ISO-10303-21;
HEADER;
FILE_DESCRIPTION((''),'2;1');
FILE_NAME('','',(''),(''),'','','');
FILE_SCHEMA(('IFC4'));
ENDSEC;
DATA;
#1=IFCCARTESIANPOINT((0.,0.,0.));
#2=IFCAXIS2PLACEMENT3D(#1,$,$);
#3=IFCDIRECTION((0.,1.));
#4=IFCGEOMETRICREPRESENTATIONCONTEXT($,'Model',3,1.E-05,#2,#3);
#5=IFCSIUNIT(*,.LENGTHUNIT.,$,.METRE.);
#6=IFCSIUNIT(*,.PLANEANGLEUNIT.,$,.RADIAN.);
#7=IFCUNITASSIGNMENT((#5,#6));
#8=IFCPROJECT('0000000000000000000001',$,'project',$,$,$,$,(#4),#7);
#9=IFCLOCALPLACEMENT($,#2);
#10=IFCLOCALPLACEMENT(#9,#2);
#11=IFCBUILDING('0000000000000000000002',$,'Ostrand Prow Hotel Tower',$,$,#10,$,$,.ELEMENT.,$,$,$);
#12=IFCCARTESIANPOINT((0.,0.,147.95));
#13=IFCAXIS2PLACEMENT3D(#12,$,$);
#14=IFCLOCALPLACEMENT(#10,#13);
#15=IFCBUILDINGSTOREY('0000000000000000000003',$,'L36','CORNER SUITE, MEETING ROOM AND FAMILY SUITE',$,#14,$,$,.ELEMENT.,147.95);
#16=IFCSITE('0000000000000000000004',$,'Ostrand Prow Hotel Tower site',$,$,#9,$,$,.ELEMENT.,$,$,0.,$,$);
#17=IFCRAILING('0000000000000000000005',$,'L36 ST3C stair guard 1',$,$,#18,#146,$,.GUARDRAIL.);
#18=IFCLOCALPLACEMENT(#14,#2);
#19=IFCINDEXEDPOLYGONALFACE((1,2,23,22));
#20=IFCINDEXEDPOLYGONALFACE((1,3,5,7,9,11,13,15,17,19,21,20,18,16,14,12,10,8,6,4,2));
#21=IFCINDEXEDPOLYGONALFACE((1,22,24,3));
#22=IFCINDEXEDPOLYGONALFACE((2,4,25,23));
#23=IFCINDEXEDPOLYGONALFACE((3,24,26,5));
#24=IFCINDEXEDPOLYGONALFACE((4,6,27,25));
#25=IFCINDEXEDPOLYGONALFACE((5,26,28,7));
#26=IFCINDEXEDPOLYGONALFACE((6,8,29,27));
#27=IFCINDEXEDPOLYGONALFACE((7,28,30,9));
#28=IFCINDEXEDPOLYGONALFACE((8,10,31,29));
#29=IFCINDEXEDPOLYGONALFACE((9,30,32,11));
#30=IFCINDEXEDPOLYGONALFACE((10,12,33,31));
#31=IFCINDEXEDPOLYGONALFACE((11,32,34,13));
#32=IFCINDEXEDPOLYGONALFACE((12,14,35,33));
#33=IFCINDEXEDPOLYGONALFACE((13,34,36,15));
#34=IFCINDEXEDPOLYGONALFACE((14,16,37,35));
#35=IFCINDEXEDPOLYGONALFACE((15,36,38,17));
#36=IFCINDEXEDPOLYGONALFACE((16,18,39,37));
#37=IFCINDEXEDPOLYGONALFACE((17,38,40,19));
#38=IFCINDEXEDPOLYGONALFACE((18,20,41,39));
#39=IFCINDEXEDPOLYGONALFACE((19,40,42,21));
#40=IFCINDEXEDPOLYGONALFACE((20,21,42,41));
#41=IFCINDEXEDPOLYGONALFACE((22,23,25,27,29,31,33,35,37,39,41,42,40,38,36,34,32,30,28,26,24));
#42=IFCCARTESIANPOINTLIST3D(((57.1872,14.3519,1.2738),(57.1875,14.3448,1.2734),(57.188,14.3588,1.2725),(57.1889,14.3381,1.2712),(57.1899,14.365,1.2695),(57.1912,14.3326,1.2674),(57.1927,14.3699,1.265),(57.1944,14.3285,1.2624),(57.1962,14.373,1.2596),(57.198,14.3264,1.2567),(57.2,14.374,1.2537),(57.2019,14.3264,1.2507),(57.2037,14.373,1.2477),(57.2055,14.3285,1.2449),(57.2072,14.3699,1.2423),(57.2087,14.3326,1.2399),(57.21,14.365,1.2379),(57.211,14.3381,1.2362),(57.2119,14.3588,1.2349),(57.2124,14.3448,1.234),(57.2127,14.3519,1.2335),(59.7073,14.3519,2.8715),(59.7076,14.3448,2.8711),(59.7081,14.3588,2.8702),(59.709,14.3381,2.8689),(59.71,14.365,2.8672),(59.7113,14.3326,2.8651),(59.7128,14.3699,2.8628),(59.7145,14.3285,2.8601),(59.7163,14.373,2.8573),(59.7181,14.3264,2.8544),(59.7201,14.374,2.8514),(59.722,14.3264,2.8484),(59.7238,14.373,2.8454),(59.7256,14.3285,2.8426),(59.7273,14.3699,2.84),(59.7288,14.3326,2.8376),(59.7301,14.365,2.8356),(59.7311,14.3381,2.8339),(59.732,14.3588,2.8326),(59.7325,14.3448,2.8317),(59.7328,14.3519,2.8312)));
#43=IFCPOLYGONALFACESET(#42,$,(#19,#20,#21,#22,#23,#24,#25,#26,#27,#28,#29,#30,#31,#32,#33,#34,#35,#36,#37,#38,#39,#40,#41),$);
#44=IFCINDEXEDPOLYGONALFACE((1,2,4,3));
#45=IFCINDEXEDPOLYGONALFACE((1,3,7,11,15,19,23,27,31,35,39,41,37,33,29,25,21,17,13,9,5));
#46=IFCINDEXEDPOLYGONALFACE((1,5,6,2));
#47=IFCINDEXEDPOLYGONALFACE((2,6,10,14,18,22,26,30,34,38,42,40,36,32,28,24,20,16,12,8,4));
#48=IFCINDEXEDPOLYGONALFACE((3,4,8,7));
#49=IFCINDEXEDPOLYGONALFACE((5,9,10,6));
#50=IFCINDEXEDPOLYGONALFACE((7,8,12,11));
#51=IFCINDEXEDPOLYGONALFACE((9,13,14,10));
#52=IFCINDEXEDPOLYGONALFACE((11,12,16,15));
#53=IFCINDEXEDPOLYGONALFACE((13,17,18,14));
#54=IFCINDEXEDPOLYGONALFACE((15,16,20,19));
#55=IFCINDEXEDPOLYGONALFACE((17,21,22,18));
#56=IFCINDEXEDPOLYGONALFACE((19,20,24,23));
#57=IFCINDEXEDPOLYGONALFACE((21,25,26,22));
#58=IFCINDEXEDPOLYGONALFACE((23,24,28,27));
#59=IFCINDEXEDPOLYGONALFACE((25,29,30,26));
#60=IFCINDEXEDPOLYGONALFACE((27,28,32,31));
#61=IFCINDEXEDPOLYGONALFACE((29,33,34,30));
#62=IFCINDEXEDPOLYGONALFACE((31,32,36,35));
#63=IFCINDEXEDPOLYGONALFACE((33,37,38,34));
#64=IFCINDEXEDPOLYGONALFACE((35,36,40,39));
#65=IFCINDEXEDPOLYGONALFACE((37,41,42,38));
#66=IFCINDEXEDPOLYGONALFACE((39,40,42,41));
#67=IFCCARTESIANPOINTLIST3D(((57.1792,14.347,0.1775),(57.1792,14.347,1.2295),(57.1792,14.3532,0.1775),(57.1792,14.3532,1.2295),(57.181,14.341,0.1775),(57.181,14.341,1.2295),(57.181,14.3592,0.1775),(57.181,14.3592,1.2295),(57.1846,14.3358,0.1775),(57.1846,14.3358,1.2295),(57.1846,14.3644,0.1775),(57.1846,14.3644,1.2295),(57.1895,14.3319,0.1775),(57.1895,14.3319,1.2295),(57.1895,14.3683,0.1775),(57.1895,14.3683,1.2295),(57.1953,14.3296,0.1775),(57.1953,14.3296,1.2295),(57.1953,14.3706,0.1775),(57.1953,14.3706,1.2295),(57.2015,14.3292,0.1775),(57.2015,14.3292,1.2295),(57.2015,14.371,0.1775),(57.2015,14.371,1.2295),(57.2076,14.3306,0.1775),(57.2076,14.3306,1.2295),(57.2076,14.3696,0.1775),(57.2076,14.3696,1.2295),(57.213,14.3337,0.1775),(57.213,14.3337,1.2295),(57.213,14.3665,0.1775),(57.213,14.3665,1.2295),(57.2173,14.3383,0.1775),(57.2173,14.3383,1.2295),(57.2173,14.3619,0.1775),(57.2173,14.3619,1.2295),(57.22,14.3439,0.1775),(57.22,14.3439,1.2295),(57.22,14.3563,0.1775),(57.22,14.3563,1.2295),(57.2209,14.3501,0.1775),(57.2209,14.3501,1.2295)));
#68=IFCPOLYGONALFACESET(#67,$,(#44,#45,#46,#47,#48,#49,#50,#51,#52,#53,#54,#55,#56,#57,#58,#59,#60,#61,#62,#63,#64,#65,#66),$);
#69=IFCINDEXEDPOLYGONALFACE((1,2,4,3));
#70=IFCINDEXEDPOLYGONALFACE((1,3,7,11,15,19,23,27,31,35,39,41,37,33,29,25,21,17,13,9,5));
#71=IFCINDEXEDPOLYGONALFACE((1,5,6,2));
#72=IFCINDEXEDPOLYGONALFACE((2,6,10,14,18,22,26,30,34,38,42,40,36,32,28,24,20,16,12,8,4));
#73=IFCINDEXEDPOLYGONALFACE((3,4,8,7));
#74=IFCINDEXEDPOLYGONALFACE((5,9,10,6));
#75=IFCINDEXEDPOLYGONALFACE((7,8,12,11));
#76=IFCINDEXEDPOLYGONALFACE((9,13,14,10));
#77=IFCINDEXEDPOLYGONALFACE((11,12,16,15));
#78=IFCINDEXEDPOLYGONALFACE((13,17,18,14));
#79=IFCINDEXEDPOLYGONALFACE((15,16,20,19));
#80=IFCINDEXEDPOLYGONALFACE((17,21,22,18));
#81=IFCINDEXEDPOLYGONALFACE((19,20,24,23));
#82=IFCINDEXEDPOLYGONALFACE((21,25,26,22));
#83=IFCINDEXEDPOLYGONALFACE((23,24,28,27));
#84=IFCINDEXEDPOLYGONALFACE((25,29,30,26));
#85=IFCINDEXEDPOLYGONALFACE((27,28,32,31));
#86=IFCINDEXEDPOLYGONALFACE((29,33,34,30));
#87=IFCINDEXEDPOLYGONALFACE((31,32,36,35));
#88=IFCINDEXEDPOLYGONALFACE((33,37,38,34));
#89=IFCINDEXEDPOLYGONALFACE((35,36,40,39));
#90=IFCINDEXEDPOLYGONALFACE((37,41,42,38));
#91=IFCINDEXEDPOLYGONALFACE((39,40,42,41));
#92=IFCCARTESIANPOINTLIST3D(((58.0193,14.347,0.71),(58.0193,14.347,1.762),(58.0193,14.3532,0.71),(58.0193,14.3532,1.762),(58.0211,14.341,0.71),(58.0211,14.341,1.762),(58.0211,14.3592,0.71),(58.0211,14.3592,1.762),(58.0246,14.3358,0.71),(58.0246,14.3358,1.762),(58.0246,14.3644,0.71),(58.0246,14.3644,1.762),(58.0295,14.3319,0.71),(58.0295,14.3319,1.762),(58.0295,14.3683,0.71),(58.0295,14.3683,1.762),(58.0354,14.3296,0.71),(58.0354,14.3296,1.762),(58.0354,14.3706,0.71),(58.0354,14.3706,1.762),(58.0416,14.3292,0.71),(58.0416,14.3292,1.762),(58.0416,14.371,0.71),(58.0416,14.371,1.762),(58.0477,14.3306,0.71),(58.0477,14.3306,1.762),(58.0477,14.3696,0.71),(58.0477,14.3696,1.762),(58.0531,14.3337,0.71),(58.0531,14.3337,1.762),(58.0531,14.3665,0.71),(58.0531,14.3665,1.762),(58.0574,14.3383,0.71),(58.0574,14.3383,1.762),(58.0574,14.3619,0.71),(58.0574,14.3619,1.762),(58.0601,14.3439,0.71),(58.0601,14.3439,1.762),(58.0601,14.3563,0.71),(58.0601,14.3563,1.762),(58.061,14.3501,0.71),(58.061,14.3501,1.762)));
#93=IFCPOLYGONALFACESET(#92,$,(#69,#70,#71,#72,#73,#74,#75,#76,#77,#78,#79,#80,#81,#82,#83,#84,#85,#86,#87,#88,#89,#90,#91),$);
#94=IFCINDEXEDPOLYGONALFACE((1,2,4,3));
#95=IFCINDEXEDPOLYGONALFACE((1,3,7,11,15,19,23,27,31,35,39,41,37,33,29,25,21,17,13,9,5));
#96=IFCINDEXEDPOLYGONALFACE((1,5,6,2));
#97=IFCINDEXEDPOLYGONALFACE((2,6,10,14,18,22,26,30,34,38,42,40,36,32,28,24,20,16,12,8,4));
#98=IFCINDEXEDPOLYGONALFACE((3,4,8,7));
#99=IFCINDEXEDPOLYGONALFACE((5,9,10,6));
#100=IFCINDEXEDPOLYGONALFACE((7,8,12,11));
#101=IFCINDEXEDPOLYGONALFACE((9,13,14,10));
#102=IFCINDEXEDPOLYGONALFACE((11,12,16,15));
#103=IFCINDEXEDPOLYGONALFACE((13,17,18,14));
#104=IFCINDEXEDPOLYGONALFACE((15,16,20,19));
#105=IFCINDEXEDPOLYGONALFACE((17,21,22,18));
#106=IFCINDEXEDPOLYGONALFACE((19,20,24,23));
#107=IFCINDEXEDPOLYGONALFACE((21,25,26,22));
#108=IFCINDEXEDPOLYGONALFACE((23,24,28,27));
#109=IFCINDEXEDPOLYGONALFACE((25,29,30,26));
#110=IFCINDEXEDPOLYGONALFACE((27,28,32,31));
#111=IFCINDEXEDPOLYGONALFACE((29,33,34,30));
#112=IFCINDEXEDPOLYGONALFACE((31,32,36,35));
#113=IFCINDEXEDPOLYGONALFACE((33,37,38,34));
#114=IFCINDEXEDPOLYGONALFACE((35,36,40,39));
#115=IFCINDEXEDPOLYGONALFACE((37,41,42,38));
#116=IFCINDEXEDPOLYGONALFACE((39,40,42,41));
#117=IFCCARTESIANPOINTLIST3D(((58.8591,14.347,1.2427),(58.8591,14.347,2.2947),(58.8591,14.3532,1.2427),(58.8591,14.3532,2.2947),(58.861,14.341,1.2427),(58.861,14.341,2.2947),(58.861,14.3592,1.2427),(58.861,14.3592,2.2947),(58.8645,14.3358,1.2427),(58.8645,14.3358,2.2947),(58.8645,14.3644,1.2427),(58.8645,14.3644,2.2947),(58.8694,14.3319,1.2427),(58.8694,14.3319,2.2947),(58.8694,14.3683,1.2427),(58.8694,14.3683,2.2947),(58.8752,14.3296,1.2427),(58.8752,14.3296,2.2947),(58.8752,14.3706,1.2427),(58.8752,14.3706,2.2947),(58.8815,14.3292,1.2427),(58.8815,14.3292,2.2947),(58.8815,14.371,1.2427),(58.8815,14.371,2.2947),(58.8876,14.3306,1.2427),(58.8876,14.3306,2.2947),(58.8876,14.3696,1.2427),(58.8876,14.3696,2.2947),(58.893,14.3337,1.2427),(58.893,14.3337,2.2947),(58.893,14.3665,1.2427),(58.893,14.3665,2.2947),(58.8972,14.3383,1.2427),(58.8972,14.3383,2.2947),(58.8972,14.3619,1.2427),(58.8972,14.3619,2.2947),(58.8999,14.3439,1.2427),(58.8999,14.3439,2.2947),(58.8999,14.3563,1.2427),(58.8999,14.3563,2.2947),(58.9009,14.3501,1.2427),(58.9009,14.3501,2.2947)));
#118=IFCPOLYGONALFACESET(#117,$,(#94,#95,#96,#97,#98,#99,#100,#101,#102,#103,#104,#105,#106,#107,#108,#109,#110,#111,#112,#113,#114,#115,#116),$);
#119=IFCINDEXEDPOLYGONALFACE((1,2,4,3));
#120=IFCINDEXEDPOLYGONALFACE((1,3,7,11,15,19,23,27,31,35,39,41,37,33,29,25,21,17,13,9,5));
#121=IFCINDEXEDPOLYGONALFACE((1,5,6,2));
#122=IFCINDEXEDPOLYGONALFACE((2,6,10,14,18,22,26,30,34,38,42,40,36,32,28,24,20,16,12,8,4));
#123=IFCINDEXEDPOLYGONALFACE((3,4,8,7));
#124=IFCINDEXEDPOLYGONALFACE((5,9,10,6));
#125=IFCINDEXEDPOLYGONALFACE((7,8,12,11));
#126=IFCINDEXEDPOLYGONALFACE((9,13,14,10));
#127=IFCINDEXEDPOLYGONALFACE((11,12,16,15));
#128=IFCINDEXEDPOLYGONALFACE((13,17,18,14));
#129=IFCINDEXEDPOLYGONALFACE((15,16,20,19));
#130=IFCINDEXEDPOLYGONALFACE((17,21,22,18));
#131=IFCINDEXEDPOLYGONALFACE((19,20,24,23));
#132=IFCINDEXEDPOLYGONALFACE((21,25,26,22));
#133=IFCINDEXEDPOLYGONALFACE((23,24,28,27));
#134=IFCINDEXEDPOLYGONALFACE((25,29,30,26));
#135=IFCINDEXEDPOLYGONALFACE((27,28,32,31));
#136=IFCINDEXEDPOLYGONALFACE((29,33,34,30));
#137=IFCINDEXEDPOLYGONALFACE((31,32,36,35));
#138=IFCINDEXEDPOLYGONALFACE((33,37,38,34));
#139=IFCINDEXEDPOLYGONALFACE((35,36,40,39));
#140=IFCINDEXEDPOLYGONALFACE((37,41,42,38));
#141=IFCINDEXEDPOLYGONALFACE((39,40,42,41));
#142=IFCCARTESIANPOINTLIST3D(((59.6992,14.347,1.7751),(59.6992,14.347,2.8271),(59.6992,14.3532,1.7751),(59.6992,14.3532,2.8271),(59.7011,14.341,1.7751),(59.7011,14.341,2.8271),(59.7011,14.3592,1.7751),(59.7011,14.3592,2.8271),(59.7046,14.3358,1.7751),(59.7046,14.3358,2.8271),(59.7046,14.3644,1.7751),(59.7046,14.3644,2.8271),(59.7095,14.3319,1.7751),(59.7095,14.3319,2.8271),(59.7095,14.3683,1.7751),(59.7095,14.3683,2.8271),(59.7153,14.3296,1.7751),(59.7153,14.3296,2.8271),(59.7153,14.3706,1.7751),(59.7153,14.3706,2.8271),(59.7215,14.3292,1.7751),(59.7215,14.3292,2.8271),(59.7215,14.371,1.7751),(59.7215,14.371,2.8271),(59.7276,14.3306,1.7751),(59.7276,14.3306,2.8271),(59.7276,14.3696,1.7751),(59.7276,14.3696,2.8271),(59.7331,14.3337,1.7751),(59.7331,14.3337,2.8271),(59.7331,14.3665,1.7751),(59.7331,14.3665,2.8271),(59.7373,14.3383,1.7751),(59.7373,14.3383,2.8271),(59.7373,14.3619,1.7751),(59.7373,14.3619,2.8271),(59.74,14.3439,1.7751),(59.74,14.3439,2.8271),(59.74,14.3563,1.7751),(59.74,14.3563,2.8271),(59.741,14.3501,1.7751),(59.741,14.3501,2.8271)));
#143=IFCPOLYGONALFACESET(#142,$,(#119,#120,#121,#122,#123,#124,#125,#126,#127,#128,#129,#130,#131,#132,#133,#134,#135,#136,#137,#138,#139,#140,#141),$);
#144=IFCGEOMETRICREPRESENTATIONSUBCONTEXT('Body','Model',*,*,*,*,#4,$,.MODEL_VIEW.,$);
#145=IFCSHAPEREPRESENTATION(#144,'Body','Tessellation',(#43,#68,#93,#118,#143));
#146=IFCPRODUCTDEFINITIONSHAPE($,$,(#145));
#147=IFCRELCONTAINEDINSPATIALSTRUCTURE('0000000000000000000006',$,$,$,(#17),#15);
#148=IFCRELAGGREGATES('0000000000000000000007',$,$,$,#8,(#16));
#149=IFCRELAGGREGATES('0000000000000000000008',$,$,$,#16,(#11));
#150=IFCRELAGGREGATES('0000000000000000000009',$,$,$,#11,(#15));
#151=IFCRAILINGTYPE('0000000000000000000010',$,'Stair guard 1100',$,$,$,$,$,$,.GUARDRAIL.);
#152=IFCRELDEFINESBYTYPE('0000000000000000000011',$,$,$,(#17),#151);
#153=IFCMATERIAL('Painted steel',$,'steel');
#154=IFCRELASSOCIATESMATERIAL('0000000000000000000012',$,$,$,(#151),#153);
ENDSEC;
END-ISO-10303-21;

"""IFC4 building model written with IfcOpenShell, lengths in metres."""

from ifc_helpers import new_model, si_unit, direction, frame, origin, origin_2d, place, context, subcontext, project, spatial, circle, extrude, material, type_object, element, save


model = new_model("IFC4")

# Units and contexts
model_context = context("Model", 3, precision=1e-05, world=origin(), true_north=direction((0.0, 1.0)))
body_context = subcontext(model_context, "Body", "Model", "MODEL_VIEW")
ifc_project = project(units=[si_unit("LENGTHUNIT", "METRE"), si_unit("PLANEANGLEUNIT", "RADIAN")], contexts=[model_context])

# Site, building, storey
site_placement = place(None, origin())
site = spatial("IfcSite", under=ifc_project, at=site_placement, Name="Ostrand Prow Hotel Tower site", CompositionType="ELEMENT", RefElevation=0.0)
building_placement = place(site_placement, origin())
building = spatial("IfcBuilding", under=site, at=building_placement, Name="Ostrand Prow Hotel Tower", CompositionType="ELEMENT")
storey_placement = place(building_placement, frame((0.0, 0.0, 147.95)))
storey = spatial("IfcBuildingStorey", under=building, at=storey_placement, Name="L36", Description="CORNER SUITE, MEETING ROOM AND FAMILY SUITE", CompositionType="ELEMENT", Elevation=147.95)

# Railing
ifc_material_1 = material(Name="Painted steel", Category="steel")
railing_type_1 = type_object("IfcRailingType", Name="Stair guard 1100", PredefinedType="GUARDRAIL", material=ifc_material_1)
railing_1_placement = place(storey_placement, frame((57.2, 14.3501, 0.1775)))
element("IfcRailing", 1, at=railing_1_placement, inside=storey, type_object=railing_type_1, Name="L36 ST3C stair guard 1", PredefinedType="GUARDRAIL", context=body_context, shape_type="SweptSolid", body=[
    extrude(circle(Radius=0.0239, at=origin_2d()), frame((0.0, 0.0, 1.0762), z_axis=(0.84457, 0.0, 0.535445), x_axis=(0.0, 1.0, 0.0)), (0.0, 0.0, 1.0), 2.9839),
    extrude(circle(Radius=0.021, at=origin_2d()), origin(), (0.0, 0.0, 1.0), 1.052),
    extrude(circle(Radius=0.021, at=origin_2d()), frame((0.8401, 0.0, 0.5325)), (0.0, 0.0, 1.0), 1.052),
    extrude(circle(Radius=0.021, at=origin_2d()), frame((1.6799, 0.0, 1.0652)), (0.0, 0.0, 1.0), 1.052),
    extrude(circle(Radius=0.021, at=origin_2d()), frame((2.52, 0.0, 1.5977)), (0.0, 0.0, 1.0), 1.052),
])

save(model, "model.ifc")
